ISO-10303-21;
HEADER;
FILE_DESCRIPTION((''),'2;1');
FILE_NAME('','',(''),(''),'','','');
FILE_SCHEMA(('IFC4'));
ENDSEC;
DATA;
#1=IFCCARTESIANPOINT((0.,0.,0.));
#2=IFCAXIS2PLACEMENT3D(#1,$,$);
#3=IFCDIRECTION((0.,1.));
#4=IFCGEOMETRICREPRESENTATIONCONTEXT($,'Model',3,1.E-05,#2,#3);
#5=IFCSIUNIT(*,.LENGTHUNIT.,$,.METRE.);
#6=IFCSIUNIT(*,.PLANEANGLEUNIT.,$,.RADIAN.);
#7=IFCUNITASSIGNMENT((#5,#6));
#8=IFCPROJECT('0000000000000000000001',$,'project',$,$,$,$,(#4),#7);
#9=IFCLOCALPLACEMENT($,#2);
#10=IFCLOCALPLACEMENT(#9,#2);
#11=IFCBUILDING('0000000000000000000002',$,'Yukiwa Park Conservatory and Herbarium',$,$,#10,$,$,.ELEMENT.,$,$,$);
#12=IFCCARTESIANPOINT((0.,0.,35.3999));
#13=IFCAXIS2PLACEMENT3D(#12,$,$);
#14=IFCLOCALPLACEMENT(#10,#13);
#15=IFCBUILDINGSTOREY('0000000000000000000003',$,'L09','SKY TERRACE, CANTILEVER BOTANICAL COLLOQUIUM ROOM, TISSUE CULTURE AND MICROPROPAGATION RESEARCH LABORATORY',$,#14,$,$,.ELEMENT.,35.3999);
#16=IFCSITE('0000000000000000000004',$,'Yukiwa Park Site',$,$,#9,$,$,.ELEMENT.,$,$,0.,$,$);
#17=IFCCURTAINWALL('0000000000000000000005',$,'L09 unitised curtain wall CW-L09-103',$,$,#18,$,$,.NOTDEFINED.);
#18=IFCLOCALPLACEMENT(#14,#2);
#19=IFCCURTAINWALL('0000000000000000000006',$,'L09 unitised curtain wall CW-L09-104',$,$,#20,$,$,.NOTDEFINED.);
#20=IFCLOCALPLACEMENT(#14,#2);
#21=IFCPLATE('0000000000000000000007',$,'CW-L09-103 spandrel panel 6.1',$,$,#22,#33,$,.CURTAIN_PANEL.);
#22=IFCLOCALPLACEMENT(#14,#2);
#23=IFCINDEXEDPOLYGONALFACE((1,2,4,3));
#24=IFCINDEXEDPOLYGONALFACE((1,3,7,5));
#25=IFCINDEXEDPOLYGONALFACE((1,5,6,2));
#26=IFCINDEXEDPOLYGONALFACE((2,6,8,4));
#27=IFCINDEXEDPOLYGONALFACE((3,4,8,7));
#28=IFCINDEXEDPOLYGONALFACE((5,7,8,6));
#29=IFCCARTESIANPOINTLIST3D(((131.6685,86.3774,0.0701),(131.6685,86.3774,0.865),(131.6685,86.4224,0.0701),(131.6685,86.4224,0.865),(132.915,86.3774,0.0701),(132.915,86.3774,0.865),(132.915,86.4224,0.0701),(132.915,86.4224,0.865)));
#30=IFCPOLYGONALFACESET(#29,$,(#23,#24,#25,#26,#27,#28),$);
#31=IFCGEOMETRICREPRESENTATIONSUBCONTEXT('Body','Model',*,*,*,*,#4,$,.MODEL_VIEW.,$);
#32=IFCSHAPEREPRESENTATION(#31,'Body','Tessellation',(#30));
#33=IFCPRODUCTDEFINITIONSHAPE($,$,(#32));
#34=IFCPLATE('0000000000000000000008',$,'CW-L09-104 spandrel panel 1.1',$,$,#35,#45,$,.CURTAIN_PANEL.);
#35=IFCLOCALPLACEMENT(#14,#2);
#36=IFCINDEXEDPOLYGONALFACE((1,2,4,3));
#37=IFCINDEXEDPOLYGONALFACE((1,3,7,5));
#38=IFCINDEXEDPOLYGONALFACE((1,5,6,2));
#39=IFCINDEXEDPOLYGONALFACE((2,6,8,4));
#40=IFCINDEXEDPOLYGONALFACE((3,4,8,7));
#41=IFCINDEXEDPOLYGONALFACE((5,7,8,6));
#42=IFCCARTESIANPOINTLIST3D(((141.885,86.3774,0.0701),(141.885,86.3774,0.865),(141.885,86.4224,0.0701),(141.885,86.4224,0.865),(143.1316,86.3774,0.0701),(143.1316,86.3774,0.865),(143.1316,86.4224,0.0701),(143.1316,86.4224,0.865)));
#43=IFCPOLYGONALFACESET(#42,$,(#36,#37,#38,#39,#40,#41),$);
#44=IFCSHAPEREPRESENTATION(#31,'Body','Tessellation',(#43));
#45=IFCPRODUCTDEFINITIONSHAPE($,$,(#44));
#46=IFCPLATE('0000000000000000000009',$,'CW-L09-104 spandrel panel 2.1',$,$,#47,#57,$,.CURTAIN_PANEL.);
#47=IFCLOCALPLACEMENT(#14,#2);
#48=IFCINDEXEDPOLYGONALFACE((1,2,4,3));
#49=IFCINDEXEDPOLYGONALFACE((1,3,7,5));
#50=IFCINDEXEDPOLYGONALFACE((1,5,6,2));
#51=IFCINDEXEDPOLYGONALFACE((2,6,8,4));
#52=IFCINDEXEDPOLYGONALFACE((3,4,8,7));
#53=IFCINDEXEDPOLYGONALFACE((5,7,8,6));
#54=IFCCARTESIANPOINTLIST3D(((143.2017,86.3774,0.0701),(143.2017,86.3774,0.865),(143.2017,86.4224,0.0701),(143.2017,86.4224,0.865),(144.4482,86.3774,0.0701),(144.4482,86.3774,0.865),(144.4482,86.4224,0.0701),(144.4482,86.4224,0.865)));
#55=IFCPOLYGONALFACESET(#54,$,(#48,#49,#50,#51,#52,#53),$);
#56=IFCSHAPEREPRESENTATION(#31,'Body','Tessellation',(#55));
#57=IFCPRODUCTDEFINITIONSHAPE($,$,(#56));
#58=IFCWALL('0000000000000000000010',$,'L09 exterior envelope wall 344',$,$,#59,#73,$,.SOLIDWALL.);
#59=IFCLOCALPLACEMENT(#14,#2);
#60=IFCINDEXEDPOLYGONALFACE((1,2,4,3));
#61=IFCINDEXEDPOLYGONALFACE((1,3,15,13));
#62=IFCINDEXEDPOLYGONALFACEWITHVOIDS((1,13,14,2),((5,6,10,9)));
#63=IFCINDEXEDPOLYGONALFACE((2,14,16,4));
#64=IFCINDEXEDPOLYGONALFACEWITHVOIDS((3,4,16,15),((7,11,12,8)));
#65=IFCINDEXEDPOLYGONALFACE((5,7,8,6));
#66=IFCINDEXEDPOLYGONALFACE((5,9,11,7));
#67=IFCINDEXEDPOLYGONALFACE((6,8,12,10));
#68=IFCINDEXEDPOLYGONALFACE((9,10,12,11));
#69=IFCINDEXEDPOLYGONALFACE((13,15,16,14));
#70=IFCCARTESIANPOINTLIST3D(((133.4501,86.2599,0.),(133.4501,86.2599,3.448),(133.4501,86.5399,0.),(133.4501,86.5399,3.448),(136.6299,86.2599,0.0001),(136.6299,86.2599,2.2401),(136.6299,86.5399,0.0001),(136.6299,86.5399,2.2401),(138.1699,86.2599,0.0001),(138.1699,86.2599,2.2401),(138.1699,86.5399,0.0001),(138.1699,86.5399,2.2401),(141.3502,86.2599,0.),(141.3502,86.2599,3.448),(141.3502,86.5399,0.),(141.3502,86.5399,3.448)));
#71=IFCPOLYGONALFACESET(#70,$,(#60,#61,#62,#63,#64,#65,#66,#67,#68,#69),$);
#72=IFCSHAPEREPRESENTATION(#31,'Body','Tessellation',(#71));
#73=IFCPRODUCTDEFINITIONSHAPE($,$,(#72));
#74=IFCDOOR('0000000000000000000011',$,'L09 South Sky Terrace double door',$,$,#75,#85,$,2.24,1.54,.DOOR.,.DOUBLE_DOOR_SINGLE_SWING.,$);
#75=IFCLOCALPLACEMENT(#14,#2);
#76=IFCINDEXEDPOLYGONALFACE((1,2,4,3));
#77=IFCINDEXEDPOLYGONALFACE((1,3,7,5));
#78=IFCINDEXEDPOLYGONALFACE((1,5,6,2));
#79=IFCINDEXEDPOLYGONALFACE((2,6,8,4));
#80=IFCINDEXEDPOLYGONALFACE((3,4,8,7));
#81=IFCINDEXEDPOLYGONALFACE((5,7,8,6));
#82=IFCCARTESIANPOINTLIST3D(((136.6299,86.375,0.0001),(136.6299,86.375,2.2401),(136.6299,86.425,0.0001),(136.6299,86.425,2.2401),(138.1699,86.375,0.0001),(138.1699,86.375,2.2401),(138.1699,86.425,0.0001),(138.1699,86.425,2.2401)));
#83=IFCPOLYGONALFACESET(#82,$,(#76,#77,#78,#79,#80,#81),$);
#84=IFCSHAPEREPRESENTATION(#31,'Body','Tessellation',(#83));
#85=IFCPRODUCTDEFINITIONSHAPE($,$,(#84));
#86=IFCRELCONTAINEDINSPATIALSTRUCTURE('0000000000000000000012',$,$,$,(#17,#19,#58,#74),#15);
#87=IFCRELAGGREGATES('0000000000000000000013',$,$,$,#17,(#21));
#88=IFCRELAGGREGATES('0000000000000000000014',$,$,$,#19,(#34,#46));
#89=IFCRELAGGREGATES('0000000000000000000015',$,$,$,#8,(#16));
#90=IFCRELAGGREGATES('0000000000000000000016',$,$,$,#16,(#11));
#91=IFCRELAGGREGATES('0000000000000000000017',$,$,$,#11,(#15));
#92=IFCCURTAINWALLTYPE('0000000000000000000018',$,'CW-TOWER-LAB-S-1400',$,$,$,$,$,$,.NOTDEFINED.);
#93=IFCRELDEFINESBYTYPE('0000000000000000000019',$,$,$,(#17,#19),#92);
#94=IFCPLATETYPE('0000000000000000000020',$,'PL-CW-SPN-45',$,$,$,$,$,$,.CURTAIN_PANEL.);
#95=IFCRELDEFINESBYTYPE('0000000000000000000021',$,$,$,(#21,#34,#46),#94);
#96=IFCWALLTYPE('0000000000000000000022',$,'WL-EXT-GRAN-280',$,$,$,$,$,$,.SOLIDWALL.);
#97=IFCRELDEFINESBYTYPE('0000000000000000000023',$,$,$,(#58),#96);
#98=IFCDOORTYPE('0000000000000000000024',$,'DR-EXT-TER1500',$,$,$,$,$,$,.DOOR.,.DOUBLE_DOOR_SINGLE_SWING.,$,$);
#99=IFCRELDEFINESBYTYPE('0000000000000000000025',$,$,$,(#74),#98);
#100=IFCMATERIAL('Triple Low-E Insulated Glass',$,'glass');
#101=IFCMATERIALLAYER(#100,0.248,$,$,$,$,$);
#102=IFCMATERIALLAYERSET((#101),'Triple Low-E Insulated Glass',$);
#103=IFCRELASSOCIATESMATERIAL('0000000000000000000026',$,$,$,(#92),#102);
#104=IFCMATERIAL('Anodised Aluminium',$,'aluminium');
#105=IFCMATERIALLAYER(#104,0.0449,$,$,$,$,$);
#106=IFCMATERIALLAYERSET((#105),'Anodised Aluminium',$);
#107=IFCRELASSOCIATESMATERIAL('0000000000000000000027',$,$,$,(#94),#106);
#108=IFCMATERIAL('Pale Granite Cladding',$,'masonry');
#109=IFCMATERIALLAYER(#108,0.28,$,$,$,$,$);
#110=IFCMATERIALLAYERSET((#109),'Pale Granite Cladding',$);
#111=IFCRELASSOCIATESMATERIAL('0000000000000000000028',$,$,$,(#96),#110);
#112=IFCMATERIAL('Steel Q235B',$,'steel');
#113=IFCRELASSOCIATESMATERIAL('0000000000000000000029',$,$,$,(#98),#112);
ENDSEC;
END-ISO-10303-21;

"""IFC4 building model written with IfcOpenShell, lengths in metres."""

from ifc_helpers import new_model, si_unit, direction, frame, frame_2d, origin, origin_2d, place, context, subcontext, project, spatial, rectangle, extrude, material, layer, layer_set, type_object, element, fill, aggregate, save


model = new_model("IFC4")

# Units and contexts
model_context = context("Model", 3, precision=1e-05, world=origin(), true_north=direction((0.0, 1.0)))
body_context = subcontext(model_context, "Body", "Model", "MODEL_VIEW")
ifc_project = project(units=[si_unit("LENGTHUNIT", "METRE"), si_unit("PLANEANGLEUNIT", "RADIAN")], contexts=[model_context])

# Site, building, storey
site_placement = place(None, origin())
site = spatial("IfcSite", under=ifc_project, at=site_placement, Name="Yukiwa Park Site", CompositionType="ELEMENT", RefElevation=0.0)
building_placement = place(site_placement, origin())
building = spatial("IfcBuilding", under=site, at=building_placement, Name="Yukiwa Park Conservatory and Herbarium", CompositionType="ELEMENT")
storey_placement = place(building_placement, frame((0.0, 0.0, 35.3999)))
storey = spatial("IfcBuildingStorey", under=building, at=storey_placement, Name="L09", Description="SKY TERRACE, CANTILEVER BOTANICAL COLLOQUIUM ROOM, TISSUE CULTURE AND MICROPROPAGATION RESEARCH LABORATORY", CompositionType="ELEMENT", Elevation=35.3999)

# Curtain wall
ifc_material_1 = material(Name="Triple Low-E Insulated Glass", Category="glass")
ifc_layer_1 = layer(ifc_material_1, 0.248)
ifc_layer_set_1 = layer_set([ifc_layer_1], Name="Triple Low-E Insulated Glass")
curtain_wall_type = type_object("IfcCurtainWallType", Name="CW-TOWER-LAB-S-1400", PredefinedType="NOTDEFINED", material=ifc_layer_set_1)
curtain_wall_1_placement = place(storey_placement, origin())
curtain_wall_1 = element("IfcCurtainWall", 1, at=curtain_wall_1_placement, inside=storey, type_object=curtain_wall_type, Name="L09 unitised curtain wall CW-L09-103", PredefinedType="NOTDEFINED")

# Curtain wall
curtain_wall_2_placement = place(storey_placement, origin())
curtain_wall_2 = element("IfcCurtainWall", 2, at=curtain_wall_2_placement, inside=storey, type_object=curtain_wall_type, Name="L09 unitised curtain wall CW-L09-104", PredefinedType="NOTDEFINED")

# Plates
ifc_material_2 = material(Name="Anodised Aluminium", Category="aluminium")
ifc_layer_2 = layer(ifc_material_2, 0.0449)
ifc_layer_set_2 = layer_set([ifc_layer_2], Name="Anodised Aluminium")
plate_type_1 = type_object("IfcPlateType", Name="PL-CW-SPN-45", PredefinedType="CURTAIN_PANEL", material=ifc_layer_set_2)
plate_1_placement = place(storey_placement, frame((132.2917, 86.3999, 0.0701), z_axis=(0.0, 0.0, 1.0), x_axis=(1.0, 0.0, 0.0)))
plate_1 = element("IfcPlate", 3, at=plate_1_placement, type_object=plate_type_1, Name="CW-L09-103 spandrel panel 6.1", PredefinedType="CURTAIN_PANEL", context=body_context, shape_type="SweptSolid", body=[
    extrude(rectangle(XDim=1.2466, YDim=0.0449, at=origin_2d()), origin(), (0.0, 0.0, 1.0), 0.7949),
])
aggregate(curtain_wall_1, [plate_1])
plate_2_placement = place(storey_placement, frame((142.5083, 86.3999, 0.0701), z_axis=(0.0, 0.0, 1.0), x_axis=(1.0, 0.0, 0.0)))
plate_2 = element("IfcPlate", 4, at=plate_2_placement, type_object=plate_type_1, Name="CW-L09-104 spandrel panel 1.1", PredefinedType="CURTAIN_PANEL", context=body_context, shape_type="SweptSolid", body=[
    extrude(rectangle(XDim=1.2466, YDim=0.0449, at=origin_2d()), origin(), (0.0, 0.0, 1.0), 0.7949),
])
plate_3_placement = place(storey_placement, frame((143.825, 86.3999, 0.0701), z_axis=(0.0, 0.0, 1.0), x_axis=(1.0, 0.0, 0.0)))
plate_3 = element("IfcPlate", 5, at=plate_3_placement, type_object=plate_type_1, Name="CW-L09-104 spandrel panel 2.1", PredefinedType="CURTAIN_PANEL", context=body_context, shape_type="SweptSolid", body=[
    extrude(rectangle(XDim=1.2466, YDim=0.0449, at=origin_2d()), origin(), (0.0, 0.0, 1.0), 0.7949),
])
aggregate(curtain_wall_2, [plate_2, plate_3])

# Wall, opening, door
ifc_material_3 = material(Name="Pale Granite Cladding", Category="masonry")
ifc_layer_3 = layer(ifc_material_3, 0.28)
ifc_layer_set_3 = layer_set([ifc_layer_3], Name="Pale Granite Cladding")
wall_type = type_object("IfcWallType", Name="WL-EXT-GRAN-280", PredefinedType="SOLIDWALL", material=ifc_layer_set_3)
wall_placement = place(storey_placement, frame((133.45, 86.3999, 0.0), z_axis=(0.0, 0.0, 1.0), x_axis=(1.0, 0.0, 0.0)))
wall = element("IfcWall", 6, at=wall_placement, inside=storey, type_object=wall_type, Name="L09 exterior envelope wall 344", PredefinedType="SOLIDWALL", context=body_context, shape_type="SweptSolid", body=[
    extrude(rectangle(XDim=7.9001, YDim=0.28, at=frame_2d((3.9502, 0.0))), origin(), (0.0, 0.0, 1.0), 3.448),
])
opening_placement = place(wall_placement, frame((3.1799, 0.0, 0.0)))
opening = element("IfcOpeningElement", 7, at=opening_placement, cuts=wall, PredefinedType="OPENING", context=body_context, shape_type="SweptSolid", body=[
    extrude(rectangle(XDim=1.54, YDim=2.24, at=frame_2d((0.77, 1.1201))), frame((0.0, 0.1499, 0.0), z_axis=(0.0, -1.0, 0.0), x_axis=(1.0, 0.0, 0.0)), (0.0, 0.0, 1.0), 0.3),
])
ifc_material_4 = material(Name="Steel Q235B", Category="steel")
door_type = type_object("IfcDoorType", Name="DR-EXT-TER1500", OperationType="DOUBLE_DOOR_SINGLE_SWING", PredefinedType="DOOR", material=ifc_material_4)
door_placement = place(opening_placement, frame((1.54, 0.0, 0.0), z_axis=(0.0, 0.0, 1.0), x_axis=(-1.0, 0.0, 0.0)))
door = element("IfcDoor", 8, at=door_placement, inside=storey, type_object=door_type, Name="L09 South Sky Terrace double door", OperationType="DOUBLE_DOOR_SINGLE_SWING", OverallHeight=2.24, OverallWidth=1.54, PredefinedType="DOOR", context=body_context, shape_type="SweptSolid", body=[
    extrude(rectangle(XDim=1.54, YDim=2.24, at=frame_2d((0.77, 1.1201))), frame((0.0, 0.0249, 0.0), z_axis=(0.0, -1.0, 0.0), x_axis=(1.0, 0.0, 0.0)), (0.0, 0.0, 1.0), 0.05),
])
fill(opening, door)

save(model, "model.ifc")
